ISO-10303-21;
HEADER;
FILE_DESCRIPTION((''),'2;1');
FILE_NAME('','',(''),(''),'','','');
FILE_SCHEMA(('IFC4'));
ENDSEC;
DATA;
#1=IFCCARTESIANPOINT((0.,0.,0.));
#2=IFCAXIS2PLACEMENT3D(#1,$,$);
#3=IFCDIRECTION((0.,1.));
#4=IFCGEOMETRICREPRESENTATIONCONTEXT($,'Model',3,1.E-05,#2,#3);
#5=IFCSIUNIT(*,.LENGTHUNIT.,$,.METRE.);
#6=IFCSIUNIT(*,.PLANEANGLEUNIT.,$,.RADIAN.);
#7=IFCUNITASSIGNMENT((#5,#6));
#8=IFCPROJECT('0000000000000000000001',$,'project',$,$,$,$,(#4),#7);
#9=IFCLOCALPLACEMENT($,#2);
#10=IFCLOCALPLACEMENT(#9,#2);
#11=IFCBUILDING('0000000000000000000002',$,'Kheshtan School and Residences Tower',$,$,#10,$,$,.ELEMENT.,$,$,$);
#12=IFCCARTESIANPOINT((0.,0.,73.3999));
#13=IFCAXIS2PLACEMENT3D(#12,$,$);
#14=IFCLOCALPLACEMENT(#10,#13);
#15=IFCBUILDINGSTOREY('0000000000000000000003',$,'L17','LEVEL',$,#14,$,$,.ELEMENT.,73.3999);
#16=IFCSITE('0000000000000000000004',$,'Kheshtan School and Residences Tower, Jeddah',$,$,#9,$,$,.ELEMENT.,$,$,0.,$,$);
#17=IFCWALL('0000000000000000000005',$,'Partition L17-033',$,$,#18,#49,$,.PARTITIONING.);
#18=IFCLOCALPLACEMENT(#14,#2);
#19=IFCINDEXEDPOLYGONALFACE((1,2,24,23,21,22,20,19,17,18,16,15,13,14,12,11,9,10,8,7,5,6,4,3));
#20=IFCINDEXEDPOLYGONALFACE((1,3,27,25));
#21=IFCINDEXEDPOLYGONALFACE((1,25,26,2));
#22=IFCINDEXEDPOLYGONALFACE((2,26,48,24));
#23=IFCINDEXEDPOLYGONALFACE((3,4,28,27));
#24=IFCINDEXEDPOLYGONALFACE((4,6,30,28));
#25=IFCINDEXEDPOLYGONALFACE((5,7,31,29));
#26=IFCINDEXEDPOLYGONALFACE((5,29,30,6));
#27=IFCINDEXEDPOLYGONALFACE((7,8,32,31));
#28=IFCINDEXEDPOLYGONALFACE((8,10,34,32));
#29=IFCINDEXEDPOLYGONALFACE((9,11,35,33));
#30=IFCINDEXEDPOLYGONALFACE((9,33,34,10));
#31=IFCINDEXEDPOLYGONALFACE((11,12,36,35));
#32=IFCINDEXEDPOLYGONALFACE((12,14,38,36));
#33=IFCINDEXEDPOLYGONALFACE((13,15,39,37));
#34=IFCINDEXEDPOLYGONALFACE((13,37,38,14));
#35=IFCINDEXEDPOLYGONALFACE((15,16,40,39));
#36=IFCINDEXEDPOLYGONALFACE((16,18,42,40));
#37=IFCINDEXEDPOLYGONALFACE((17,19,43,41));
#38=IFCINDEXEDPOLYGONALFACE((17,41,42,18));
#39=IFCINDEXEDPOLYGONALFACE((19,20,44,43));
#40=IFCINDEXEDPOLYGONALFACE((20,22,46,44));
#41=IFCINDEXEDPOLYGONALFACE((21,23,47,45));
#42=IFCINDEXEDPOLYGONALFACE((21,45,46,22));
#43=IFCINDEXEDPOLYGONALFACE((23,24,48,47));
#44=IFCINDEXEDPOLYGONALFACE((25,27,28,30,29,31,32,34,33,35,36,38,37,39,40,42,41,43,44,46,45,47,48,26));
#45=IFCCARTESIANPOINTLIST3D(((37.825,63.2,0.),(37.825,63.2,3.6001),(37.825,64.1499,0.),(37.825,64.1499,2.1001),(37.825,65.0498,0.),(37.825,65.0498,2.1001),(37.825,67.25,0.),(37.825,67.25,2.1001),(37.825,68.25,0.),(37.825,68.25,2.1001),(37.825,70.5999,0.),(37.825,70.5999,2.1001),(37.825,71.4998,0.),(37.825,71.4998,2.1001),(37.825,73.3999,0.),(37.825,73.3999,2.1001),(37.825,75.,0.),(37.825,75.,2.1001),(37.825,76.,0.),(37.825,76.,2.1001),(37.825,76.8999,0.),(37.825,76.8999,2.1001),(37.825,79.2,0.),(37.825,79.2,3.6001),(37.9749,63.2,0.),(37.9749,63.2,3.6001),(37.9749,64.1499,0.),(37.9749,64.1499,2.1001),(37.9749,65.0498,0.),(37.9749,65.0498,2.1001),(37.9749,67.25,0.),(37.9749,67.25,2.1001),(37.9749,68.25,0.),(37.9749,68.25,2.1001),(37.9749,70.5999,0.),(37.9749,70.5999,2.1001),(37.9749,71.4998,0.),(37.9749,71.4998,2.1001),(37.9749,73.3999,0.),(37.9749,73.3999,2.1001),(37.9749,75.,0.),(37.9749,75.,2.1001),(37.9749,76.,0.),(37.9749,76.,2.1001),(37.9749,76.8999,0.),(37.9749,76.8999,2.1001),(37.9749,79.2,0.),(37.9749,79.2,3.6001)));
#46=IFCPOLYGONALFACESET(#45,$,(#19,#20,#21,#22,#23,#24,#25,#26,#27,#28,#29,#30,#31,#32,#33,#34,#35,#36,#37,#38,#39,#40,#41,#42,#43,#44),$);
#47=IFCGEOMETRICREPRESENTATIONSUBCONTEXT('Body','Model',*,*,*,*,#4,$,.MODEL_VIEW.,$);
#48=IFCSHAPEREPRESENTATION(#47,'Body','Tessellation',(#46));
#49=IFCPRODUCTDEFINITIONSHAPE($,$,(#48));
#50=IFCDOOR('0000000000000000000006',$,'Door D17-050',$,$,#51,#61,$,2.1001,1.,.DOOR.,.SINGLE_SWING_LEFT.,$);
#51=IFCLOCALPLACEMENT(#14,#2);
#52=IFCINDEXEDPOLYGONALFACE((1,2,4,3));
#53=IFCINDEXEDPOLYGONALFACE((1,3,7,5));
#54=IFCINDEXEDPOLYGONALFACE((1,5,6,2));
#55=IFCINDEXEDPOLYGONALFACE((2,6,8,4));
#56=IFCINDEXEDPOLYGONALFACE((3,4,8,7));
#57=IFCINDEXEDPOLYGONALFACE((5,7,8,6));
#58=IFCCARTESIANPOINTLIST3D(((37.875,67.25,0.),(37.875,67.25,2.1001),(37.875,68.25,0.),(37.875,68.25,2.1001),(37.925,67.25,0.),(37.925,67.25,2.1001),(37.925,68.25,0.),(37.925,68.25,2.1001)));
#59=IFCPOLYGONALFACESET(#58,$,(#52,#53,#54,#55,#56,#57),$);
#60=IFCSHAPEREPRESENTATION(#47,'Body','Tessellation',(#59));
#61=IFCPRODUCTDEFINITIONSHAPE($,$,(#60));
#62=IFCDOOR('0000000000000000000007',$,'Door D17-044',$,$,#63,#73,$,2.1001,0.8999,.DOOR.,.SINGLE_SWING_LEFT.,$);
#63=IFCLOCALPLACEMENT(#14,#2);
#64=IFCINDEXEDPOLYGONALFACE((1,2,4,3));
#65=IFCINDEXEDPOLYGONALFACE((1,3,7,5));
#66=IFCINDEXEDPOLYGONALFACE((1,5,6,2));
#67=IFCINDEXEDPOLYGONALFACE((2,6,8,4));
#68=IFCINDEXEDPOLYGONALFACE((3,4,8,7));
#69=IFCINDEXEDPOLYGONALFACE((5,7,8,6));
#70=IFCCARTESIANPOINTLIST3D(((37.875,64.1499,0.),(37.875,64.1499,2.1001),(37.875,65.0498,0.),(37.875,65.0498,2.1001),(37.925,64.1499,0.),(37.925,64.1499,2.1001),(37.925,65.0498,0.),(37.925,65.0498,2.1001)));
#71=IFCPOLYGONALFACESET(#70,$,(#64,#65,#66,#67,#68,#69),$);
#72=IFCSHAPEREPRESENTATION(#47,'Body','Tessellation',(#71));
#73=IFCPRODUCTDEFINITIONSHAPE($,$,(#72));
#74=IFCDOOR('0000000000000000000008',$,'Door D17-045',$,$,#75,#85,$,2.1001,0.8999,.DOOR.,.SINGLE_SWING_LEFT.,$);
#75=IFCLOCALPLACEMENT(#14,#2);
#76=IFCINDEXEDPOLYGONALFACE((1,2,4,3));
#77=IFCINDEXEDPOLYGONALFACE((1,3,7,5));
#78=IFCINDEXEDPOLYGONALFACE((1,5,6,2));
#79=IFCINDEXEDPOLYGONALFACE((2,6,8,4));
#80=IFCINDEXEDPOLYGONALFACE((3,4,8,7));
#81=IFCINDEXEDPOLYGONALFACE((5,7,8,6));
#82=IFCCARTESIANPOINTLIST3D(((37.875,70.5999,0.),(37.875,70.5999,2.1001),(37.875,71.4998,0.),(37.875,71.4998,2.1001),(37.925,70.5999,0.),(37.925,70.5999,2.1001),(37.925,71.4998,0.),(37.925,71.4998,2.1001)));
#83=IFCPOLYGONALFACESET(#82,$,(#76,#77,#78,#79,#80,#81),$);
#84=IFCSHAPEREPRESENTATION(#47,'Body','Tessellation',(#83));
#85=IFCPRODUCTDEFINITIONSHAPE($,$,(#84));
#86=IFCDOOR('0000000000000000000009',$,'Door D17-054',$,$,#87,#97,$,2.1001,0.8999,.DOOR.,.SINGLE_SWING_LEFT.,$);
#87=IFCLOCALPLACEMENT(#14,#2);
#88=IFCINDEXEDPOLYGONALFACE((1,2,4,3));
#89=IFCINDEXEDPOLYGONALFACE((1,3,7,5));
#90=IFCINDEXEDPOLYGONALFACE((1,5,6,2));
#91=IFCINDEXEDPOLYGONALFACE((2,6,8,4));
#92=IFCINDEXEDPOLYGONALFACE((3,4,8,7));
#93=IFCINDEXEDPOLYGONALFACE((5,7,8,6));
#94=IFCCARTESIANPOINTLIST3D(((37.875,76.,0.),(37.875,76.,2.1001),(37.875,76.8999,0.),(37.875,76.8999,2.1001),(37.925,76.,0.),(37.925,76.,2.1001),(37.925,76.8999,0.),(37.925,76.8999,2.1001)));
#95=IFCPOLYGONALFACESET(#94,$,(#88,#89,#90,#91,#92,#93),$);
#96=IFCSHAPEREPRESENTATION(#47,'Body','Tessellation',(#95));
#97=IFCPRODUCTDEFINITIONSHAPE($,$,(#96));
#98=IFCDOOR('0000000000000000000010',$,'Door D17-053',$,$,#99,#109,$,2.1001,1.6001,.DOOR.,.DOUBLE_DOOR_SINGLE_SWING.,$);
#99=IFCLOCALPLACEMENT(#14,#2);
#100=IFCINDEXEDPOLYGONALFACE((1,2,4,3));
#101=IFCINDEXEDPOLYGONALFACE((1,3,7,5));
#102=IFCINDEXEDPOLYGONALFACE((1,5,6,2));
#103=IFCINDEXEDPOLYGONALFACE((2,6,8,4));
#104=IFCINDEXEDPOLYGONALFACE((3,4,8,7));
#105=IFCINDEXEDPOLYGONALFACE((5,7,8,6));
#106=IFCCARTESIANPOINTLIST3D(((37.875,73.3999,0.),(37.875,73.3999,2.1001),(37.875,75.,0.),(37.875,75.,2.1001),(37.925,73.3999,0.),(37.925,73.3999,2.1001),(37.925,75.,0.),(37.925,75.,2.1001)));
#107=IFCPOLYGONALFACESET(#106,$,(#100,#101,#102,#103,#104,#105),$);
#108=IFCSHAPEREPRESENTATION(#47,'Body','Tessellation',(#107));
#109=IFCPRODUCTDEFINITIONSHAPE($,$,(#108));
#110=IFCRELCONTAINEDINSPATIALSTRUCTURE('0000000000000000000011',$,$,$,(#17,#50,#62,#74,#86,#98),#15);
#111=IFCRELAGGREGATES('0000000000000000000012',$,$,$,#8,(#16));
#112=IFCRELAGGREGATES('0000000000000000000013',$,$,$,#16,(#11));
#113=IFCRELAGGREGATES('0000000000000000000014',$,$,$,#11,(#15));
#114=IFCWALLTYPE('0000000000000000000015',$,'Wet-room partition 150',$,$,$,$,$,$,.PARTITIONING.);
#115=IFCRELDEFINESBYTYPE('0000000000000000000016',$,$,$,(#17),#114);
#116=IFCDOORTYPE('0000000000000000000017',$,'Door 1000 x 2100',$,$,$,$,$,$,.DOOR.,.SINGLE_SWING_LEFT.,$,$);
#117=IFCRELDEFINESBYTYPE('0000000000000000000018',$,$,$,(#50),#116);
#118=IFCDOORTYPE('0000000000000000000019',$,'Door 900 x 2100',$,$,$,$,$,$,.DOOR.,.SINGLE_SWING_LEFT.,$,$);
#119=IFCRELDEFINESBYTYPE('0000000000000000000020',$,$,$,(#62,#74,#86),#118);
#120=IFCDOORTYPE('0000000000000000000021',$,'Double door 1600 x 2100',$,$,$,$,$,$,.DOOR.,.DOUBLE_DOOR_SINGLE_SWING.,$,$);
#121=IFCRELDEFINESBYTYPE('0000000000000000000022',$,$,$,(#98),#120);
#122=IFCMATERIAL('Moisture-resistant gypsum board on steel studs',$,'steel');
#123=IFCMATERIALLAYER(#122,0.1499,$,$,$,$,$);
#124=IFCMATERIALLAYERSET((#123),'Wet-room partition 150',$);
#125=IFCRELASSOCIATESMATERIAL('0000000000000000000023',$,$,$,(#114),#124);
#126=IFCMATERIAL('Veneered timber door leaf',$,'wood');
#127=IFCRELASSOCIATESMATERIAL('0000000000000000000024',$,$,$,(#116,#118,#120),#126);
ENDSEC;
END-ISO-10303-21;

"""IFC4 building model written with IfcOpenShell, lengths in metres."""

from ifc_helpers import new_model, si_unit, direction, frame, frame_2d, origin, place, context, subcontext, project, spatial, rectangle, extrude, source, transform, mapped, material, layer, layer_set, type_object, element, fill, save


model = new_model("IFC4")

# Units and contexts
model_context = context("Model", 3, precision=1e-05, world=origin(), true_north=direction((0.0, 1.0)))
body_context = subcontext(model_context, "Body", "Model", "MODEL_VIEW")
ifc_project = project(units=[si_unit("LENGTHUNIT", "METRE"), si_unit("PLANEANGLEUNIT", "RADIAN")], contexts=[model_context])

# Site, building, storey
site_placement = place(None, origin())
site = spatial("IfcSite", under=ifc_project, at=site_placement, Name="Kheshtan School and Residences Tower, Jeddah", CompositionType="ELEMENT", RefElevation=0.0)
building_placement = place(site_placement, origin())
building = spatial("IfcBuilding", under=site, at=building_placement, Name="Kheshtan School and Residences Tower", CompositionType="ELEMENT")
storey_placement = place(building_placement, frame((0.0, 0.0, 73.3999)))
storey = spatial("IfcBuildingStorey", under=building, at=storey_placement, Name="L17", Description="LEVEL", CompositionType="ELEMENT", Elevation=73.3999)

# Shared definitions
ifc_material_1 = material(Name="Veneered timber door leaf", Category="wood")

# Wall, openings, doors
ifc_material_2 = material(Name="Moisture-resistant gypsum board on steel studs", Category="steel")
ifc_layer_1 = layer(ifc_material_2, 0.1499)
ifc_layer_set_1 = layer_set([ifc_layer_1], Name="Wet-room partition 150")
wall_type_1 = type_object("IfcWallType", Name="Wet-room partition 150", PredefinedType="PARTITIONING", material=ifc_layer_set_1)
wall_1_placement = place(storey_placement, frame((37.8999, 63.2, 0.0), z_axis=(0.0, 0.0, 1.0), x_axis=(0.0, 1.0, 0.0)))
wall_1 = element("IfcWall", 1, at=wall_1_placement, inside=storey, type_object=wall_type_1, Name="Partition L17-033", PredefinedType="PARTITIONING", context=body_context, shape_type="SweptSolid", body=[
    extrude(rectangle(XDim=16.0, YDim=0.1499, at=frame_2d((8.0, 0.0))), origin(), (0.0, 0.0, 1.0), 3.6001),
])
opening_1_placement = place(wall_1_placement, frame((0.95, 0.0, 0.0)))
opening_1 = element("IfcOpeningElement", 2, at=opening_1_placement, cuts=wall_1, PredefinedType="OPENING", context=body_context, shape_type="SweptSolid", body=[
    extrude(rectangle(XDim=0.8999, YDim=2.1001, at=frame_2d((0.45, 1.05))), frame((0.0, 0.085, 0.0), z_axis=(0.0, -1.0, 0.0), x_axis=(1.0, 0.0, 0.0)), (0.0, 0.0, 1.0), 0.1699),
])
opening_2_placement = place(wall_1_placement, frame((7.3999, 0.0, 0.0)))
opening_2 = element("IfcOpeningElement", 3, at=opening_2_placement, cuts=wall_1, PredefinedType="OPENING", context=body_context, shape_type="SweptSolid", body=[
    extrude(rectangle(XDim=0.8999, YDim=2.1001, at=frame_2d((0.45, 1.05))), frame((0.0, 0.085, 0.0), z_axis=(0.0, -1.0, 0.0), x_axis=(1.0, 0.0, 0.0)), (0.0, 0.0, 1.0), 0.1699),
])
opening_3_placement = place(wall_1_placement, frame((4.05, 0.0, 0.0)))
opening_3 = element("IfcOpeningElement", 4, at=opening_3_placement, cuts=wall_1, PredefinedType="OPENING", context=body_context, shape_type="SweptSolid", body=[
    extrude(rectangle(XDim=1.0, YDim=2.1001, at=frame_2d((0.5, 1.05))), frame((0.0, 0.085, 0.0), z_axis=(0.0, -1.0, 0.0), x_axis=(1.0, 0.0, 0.0)), (0.0, 0.0, 1.0), 0.1699),
])
opening_4_placement = place(wall_1_placement, frame((10.2, 0.0, 0.0)))
opening_4 = element("IfcOpeningElement", 5, at=opening_4_placement, cuts=wall_1, PredefinedType="OPENING", context=body_context, shape_type="SweptSolid", body=[
    extrude(rectangle(XDim=1.6001, YDim=2.1001, at=frame_2d((0.8, 1.05))), frame((0.0, 0.085, 0.0), z_axis=(0.0, -1.0, 0.0), x_axis=(1.0, 0.0, 0.0)), (0.0, 0.0, 1.0), 0.1699),
])
opening_5_placement = place(wall_1_placement, frame((12.8, 0.0, 0.0)))
opening_5 = element("IfcOpeningElement", 6, at=opening_5_placement, cuts=wall_1, PredefinedType="OPENING", context=body_context, shape_type="SweptSolid", body=[
    extrude(rectangle(XDim=0.8999, YDim=2.1001, at=frame_2d((0.45, 1.05))), frame((0.0, 0.085, 0.0), z_axis=(0.0, -1.0, 0.0), x_axis=(1.0, 0.0, 0.0)), (0.0, 0.0, 1.0), 0.1699),
])
door_type_1 = type_object("IfcDoorType", Name="Door 1000 x 2100", OperationType="SINGLE_SWING_LEFT", PredefinedType="DOOR", material=ifc_material_1)
shared_shape_1 = source(origin(), body_context, "Body", "SweptSolid", [
    extrude(rectangle(XDim=1.0, YDim=2.1001, at=frame_2d((0.5, 1.05))), frame((0.0, 0.0249, 0.0), z_axis=(0.0, -1.0, 0.0), x_axis=(1.0, 0.0, 0.0)), (0.0, 0.0, 1.0), 0.05),
])
door_1_placement = place(opening_3_placement, origin())
door_1 = element("IfcDoor", 7, at=door_1_placement, inside=storey, type_object=door_type_1, Name="Door D17-050", OperationType="SINGLE_SWING_LEFT", OverallHeight=2.1001, OverallWidth=1.0, PredefinedType="DOOR", context=body_context, shape_type="MappedRepresentation", body=[
    mapped(shared_shape_1, transform((0.0, 0.0, 0.0), x_axis=(1.0, 0.0, 0.0), y_axis=(0.0, 1.0, 0.0), z_axis=(0.0, 0.0, 1.0), scale=1.0)),
])
fill(opening_3, door_1)
door_type_2 = type_object("IfcDoorType", Name="Door 900 x 2100", OperationType="SINGLE_SWING_LEFT", PredefinedType="DOOR", material=ifc_material_1)
shared_shape_2 = source(origin(), body_context, "Body", "SweptSolid", [
    extrude(rectangle(XDim=0.8999, YDim=2.1001, at=frame_2d((0.45, 1.05))), frame((0.0, 0.0249, 0.0), z_axis=(0.0, -1.0, 0.0), x_axis=(1.0, 0.0, 0.0)), (0.0, 0.0, 1.0), 0.05),
])
door_2_placement = place(opening_1_placement, origin())
door_2 = element("IfcDoor", 8, at=door_2_placement, inside=storey, type_object=door_type_2, Name="Door D17-044", OperationType="SINGLE_SWING_LEFT", OverallHeight=2.1001, OverallWidth=0.8999, PredefinedType="DOOR", context=body_context, shape_type="MappedRepresentation", body=[
    mapped(shared_shape_2, transform((0.0, 0.0, 0.0), x_axis=(1.0, 0.0, 0.0), y_axis=(0.0, 1.0, 0.0), z_axis=(0.0, 0.0, 1.0), scale=1.0)),
])
fill(opening_1, door_2)
door_3_placement = place(opening_2_placement, origin())
door_3 = element("IfcDoor", 9, at=door_3_placement, inside=storey, type_object=door_type_2, Name="Door D17-045", OperationType="SINGLE_SWING_LEFT", OverallHeight=2.1001, OverallWidth=0.8999, PredefinedType="DOOR", context=body_context, shape_type="MappedRepresentation", body=[
    mapped(shared_shape_2, transform((0.0, 0.0, 0.0), x_axis=(1.0, 0.0, 0.0), y_axis=(0.0, 1.0, 0.0), z_axis=(0.0, 0.0, 1.0), scale=1.0)),
])
fill(opening_2, door_3)
door_4_placement = place(opening_5_placement, origin())
door_4 = element("IfcDoor", 10, at=door_4_placement, inside=storey, type_object=door_type_2, Name="Door D17-054", OperationType="SINGLE_SWING_LEFT", OverallHeight=2.1001, OverallWidth=0.8999, PredefinedType="DOOR", context=body_context, shape_type="MappedRepresentation", body=[
    mapped(shared_shape_2, transform((0.0, 0.0, 0.0), x_axis=(1.0, 0.0, 0.0), y_axis=(0.0, 1.0, 0.0), z_axis=(0.0, 0.0, 1.0), scale=1.0)),
])
fill(opening_5, door_4)
door_type_3 = type_object("IfcDoorType", Name="Double door 1600 x 2100", OperationType="DOUBLE_DOOR_SINGLE_SWING", PredefinedType="DOOR", material=ifc_material_1)
shared_shape_3 = source(origin(), body_context, "Body", "SweptSolid", [
    extrude(rectangle(XDim=1.6001, YDim=2.1001, at=frame_2d((0.8, 1.05))), frame((0.0, 0.0249, 0.0), z_axis=(0.0, -1.0, 0.0), x_axis=(1.0, 0.0, 0.0)), (0.0, 0.0, 1.0), 0.05),
])
door_5_placement = place(opening_4_placement, origin())
door_5 = element("IfcDoor", 11, at=door_5_placement, inside=storey, type_object=door_type_3, Name="Door D17-053", OperationType="DOUBLE_DOOR_SINGLE_SWING", OverallHeight=2.1001, OverallWidth=1.6001, PredefinedType="DOOR", context=body_context, shape_type="MappedRepresentation", body=[
    mapped(shared_shape_3, transform((0.0, 0.0, 0.0), x_axis=(1.0, 0.0, 0.0), y_axis=(0.0, 1.0, 0.0), z_axis=(0.0, 0.0, 1.0), scale=1.0)),
])
fill(opening_4, door_5)

save(model, "model.ifc")
